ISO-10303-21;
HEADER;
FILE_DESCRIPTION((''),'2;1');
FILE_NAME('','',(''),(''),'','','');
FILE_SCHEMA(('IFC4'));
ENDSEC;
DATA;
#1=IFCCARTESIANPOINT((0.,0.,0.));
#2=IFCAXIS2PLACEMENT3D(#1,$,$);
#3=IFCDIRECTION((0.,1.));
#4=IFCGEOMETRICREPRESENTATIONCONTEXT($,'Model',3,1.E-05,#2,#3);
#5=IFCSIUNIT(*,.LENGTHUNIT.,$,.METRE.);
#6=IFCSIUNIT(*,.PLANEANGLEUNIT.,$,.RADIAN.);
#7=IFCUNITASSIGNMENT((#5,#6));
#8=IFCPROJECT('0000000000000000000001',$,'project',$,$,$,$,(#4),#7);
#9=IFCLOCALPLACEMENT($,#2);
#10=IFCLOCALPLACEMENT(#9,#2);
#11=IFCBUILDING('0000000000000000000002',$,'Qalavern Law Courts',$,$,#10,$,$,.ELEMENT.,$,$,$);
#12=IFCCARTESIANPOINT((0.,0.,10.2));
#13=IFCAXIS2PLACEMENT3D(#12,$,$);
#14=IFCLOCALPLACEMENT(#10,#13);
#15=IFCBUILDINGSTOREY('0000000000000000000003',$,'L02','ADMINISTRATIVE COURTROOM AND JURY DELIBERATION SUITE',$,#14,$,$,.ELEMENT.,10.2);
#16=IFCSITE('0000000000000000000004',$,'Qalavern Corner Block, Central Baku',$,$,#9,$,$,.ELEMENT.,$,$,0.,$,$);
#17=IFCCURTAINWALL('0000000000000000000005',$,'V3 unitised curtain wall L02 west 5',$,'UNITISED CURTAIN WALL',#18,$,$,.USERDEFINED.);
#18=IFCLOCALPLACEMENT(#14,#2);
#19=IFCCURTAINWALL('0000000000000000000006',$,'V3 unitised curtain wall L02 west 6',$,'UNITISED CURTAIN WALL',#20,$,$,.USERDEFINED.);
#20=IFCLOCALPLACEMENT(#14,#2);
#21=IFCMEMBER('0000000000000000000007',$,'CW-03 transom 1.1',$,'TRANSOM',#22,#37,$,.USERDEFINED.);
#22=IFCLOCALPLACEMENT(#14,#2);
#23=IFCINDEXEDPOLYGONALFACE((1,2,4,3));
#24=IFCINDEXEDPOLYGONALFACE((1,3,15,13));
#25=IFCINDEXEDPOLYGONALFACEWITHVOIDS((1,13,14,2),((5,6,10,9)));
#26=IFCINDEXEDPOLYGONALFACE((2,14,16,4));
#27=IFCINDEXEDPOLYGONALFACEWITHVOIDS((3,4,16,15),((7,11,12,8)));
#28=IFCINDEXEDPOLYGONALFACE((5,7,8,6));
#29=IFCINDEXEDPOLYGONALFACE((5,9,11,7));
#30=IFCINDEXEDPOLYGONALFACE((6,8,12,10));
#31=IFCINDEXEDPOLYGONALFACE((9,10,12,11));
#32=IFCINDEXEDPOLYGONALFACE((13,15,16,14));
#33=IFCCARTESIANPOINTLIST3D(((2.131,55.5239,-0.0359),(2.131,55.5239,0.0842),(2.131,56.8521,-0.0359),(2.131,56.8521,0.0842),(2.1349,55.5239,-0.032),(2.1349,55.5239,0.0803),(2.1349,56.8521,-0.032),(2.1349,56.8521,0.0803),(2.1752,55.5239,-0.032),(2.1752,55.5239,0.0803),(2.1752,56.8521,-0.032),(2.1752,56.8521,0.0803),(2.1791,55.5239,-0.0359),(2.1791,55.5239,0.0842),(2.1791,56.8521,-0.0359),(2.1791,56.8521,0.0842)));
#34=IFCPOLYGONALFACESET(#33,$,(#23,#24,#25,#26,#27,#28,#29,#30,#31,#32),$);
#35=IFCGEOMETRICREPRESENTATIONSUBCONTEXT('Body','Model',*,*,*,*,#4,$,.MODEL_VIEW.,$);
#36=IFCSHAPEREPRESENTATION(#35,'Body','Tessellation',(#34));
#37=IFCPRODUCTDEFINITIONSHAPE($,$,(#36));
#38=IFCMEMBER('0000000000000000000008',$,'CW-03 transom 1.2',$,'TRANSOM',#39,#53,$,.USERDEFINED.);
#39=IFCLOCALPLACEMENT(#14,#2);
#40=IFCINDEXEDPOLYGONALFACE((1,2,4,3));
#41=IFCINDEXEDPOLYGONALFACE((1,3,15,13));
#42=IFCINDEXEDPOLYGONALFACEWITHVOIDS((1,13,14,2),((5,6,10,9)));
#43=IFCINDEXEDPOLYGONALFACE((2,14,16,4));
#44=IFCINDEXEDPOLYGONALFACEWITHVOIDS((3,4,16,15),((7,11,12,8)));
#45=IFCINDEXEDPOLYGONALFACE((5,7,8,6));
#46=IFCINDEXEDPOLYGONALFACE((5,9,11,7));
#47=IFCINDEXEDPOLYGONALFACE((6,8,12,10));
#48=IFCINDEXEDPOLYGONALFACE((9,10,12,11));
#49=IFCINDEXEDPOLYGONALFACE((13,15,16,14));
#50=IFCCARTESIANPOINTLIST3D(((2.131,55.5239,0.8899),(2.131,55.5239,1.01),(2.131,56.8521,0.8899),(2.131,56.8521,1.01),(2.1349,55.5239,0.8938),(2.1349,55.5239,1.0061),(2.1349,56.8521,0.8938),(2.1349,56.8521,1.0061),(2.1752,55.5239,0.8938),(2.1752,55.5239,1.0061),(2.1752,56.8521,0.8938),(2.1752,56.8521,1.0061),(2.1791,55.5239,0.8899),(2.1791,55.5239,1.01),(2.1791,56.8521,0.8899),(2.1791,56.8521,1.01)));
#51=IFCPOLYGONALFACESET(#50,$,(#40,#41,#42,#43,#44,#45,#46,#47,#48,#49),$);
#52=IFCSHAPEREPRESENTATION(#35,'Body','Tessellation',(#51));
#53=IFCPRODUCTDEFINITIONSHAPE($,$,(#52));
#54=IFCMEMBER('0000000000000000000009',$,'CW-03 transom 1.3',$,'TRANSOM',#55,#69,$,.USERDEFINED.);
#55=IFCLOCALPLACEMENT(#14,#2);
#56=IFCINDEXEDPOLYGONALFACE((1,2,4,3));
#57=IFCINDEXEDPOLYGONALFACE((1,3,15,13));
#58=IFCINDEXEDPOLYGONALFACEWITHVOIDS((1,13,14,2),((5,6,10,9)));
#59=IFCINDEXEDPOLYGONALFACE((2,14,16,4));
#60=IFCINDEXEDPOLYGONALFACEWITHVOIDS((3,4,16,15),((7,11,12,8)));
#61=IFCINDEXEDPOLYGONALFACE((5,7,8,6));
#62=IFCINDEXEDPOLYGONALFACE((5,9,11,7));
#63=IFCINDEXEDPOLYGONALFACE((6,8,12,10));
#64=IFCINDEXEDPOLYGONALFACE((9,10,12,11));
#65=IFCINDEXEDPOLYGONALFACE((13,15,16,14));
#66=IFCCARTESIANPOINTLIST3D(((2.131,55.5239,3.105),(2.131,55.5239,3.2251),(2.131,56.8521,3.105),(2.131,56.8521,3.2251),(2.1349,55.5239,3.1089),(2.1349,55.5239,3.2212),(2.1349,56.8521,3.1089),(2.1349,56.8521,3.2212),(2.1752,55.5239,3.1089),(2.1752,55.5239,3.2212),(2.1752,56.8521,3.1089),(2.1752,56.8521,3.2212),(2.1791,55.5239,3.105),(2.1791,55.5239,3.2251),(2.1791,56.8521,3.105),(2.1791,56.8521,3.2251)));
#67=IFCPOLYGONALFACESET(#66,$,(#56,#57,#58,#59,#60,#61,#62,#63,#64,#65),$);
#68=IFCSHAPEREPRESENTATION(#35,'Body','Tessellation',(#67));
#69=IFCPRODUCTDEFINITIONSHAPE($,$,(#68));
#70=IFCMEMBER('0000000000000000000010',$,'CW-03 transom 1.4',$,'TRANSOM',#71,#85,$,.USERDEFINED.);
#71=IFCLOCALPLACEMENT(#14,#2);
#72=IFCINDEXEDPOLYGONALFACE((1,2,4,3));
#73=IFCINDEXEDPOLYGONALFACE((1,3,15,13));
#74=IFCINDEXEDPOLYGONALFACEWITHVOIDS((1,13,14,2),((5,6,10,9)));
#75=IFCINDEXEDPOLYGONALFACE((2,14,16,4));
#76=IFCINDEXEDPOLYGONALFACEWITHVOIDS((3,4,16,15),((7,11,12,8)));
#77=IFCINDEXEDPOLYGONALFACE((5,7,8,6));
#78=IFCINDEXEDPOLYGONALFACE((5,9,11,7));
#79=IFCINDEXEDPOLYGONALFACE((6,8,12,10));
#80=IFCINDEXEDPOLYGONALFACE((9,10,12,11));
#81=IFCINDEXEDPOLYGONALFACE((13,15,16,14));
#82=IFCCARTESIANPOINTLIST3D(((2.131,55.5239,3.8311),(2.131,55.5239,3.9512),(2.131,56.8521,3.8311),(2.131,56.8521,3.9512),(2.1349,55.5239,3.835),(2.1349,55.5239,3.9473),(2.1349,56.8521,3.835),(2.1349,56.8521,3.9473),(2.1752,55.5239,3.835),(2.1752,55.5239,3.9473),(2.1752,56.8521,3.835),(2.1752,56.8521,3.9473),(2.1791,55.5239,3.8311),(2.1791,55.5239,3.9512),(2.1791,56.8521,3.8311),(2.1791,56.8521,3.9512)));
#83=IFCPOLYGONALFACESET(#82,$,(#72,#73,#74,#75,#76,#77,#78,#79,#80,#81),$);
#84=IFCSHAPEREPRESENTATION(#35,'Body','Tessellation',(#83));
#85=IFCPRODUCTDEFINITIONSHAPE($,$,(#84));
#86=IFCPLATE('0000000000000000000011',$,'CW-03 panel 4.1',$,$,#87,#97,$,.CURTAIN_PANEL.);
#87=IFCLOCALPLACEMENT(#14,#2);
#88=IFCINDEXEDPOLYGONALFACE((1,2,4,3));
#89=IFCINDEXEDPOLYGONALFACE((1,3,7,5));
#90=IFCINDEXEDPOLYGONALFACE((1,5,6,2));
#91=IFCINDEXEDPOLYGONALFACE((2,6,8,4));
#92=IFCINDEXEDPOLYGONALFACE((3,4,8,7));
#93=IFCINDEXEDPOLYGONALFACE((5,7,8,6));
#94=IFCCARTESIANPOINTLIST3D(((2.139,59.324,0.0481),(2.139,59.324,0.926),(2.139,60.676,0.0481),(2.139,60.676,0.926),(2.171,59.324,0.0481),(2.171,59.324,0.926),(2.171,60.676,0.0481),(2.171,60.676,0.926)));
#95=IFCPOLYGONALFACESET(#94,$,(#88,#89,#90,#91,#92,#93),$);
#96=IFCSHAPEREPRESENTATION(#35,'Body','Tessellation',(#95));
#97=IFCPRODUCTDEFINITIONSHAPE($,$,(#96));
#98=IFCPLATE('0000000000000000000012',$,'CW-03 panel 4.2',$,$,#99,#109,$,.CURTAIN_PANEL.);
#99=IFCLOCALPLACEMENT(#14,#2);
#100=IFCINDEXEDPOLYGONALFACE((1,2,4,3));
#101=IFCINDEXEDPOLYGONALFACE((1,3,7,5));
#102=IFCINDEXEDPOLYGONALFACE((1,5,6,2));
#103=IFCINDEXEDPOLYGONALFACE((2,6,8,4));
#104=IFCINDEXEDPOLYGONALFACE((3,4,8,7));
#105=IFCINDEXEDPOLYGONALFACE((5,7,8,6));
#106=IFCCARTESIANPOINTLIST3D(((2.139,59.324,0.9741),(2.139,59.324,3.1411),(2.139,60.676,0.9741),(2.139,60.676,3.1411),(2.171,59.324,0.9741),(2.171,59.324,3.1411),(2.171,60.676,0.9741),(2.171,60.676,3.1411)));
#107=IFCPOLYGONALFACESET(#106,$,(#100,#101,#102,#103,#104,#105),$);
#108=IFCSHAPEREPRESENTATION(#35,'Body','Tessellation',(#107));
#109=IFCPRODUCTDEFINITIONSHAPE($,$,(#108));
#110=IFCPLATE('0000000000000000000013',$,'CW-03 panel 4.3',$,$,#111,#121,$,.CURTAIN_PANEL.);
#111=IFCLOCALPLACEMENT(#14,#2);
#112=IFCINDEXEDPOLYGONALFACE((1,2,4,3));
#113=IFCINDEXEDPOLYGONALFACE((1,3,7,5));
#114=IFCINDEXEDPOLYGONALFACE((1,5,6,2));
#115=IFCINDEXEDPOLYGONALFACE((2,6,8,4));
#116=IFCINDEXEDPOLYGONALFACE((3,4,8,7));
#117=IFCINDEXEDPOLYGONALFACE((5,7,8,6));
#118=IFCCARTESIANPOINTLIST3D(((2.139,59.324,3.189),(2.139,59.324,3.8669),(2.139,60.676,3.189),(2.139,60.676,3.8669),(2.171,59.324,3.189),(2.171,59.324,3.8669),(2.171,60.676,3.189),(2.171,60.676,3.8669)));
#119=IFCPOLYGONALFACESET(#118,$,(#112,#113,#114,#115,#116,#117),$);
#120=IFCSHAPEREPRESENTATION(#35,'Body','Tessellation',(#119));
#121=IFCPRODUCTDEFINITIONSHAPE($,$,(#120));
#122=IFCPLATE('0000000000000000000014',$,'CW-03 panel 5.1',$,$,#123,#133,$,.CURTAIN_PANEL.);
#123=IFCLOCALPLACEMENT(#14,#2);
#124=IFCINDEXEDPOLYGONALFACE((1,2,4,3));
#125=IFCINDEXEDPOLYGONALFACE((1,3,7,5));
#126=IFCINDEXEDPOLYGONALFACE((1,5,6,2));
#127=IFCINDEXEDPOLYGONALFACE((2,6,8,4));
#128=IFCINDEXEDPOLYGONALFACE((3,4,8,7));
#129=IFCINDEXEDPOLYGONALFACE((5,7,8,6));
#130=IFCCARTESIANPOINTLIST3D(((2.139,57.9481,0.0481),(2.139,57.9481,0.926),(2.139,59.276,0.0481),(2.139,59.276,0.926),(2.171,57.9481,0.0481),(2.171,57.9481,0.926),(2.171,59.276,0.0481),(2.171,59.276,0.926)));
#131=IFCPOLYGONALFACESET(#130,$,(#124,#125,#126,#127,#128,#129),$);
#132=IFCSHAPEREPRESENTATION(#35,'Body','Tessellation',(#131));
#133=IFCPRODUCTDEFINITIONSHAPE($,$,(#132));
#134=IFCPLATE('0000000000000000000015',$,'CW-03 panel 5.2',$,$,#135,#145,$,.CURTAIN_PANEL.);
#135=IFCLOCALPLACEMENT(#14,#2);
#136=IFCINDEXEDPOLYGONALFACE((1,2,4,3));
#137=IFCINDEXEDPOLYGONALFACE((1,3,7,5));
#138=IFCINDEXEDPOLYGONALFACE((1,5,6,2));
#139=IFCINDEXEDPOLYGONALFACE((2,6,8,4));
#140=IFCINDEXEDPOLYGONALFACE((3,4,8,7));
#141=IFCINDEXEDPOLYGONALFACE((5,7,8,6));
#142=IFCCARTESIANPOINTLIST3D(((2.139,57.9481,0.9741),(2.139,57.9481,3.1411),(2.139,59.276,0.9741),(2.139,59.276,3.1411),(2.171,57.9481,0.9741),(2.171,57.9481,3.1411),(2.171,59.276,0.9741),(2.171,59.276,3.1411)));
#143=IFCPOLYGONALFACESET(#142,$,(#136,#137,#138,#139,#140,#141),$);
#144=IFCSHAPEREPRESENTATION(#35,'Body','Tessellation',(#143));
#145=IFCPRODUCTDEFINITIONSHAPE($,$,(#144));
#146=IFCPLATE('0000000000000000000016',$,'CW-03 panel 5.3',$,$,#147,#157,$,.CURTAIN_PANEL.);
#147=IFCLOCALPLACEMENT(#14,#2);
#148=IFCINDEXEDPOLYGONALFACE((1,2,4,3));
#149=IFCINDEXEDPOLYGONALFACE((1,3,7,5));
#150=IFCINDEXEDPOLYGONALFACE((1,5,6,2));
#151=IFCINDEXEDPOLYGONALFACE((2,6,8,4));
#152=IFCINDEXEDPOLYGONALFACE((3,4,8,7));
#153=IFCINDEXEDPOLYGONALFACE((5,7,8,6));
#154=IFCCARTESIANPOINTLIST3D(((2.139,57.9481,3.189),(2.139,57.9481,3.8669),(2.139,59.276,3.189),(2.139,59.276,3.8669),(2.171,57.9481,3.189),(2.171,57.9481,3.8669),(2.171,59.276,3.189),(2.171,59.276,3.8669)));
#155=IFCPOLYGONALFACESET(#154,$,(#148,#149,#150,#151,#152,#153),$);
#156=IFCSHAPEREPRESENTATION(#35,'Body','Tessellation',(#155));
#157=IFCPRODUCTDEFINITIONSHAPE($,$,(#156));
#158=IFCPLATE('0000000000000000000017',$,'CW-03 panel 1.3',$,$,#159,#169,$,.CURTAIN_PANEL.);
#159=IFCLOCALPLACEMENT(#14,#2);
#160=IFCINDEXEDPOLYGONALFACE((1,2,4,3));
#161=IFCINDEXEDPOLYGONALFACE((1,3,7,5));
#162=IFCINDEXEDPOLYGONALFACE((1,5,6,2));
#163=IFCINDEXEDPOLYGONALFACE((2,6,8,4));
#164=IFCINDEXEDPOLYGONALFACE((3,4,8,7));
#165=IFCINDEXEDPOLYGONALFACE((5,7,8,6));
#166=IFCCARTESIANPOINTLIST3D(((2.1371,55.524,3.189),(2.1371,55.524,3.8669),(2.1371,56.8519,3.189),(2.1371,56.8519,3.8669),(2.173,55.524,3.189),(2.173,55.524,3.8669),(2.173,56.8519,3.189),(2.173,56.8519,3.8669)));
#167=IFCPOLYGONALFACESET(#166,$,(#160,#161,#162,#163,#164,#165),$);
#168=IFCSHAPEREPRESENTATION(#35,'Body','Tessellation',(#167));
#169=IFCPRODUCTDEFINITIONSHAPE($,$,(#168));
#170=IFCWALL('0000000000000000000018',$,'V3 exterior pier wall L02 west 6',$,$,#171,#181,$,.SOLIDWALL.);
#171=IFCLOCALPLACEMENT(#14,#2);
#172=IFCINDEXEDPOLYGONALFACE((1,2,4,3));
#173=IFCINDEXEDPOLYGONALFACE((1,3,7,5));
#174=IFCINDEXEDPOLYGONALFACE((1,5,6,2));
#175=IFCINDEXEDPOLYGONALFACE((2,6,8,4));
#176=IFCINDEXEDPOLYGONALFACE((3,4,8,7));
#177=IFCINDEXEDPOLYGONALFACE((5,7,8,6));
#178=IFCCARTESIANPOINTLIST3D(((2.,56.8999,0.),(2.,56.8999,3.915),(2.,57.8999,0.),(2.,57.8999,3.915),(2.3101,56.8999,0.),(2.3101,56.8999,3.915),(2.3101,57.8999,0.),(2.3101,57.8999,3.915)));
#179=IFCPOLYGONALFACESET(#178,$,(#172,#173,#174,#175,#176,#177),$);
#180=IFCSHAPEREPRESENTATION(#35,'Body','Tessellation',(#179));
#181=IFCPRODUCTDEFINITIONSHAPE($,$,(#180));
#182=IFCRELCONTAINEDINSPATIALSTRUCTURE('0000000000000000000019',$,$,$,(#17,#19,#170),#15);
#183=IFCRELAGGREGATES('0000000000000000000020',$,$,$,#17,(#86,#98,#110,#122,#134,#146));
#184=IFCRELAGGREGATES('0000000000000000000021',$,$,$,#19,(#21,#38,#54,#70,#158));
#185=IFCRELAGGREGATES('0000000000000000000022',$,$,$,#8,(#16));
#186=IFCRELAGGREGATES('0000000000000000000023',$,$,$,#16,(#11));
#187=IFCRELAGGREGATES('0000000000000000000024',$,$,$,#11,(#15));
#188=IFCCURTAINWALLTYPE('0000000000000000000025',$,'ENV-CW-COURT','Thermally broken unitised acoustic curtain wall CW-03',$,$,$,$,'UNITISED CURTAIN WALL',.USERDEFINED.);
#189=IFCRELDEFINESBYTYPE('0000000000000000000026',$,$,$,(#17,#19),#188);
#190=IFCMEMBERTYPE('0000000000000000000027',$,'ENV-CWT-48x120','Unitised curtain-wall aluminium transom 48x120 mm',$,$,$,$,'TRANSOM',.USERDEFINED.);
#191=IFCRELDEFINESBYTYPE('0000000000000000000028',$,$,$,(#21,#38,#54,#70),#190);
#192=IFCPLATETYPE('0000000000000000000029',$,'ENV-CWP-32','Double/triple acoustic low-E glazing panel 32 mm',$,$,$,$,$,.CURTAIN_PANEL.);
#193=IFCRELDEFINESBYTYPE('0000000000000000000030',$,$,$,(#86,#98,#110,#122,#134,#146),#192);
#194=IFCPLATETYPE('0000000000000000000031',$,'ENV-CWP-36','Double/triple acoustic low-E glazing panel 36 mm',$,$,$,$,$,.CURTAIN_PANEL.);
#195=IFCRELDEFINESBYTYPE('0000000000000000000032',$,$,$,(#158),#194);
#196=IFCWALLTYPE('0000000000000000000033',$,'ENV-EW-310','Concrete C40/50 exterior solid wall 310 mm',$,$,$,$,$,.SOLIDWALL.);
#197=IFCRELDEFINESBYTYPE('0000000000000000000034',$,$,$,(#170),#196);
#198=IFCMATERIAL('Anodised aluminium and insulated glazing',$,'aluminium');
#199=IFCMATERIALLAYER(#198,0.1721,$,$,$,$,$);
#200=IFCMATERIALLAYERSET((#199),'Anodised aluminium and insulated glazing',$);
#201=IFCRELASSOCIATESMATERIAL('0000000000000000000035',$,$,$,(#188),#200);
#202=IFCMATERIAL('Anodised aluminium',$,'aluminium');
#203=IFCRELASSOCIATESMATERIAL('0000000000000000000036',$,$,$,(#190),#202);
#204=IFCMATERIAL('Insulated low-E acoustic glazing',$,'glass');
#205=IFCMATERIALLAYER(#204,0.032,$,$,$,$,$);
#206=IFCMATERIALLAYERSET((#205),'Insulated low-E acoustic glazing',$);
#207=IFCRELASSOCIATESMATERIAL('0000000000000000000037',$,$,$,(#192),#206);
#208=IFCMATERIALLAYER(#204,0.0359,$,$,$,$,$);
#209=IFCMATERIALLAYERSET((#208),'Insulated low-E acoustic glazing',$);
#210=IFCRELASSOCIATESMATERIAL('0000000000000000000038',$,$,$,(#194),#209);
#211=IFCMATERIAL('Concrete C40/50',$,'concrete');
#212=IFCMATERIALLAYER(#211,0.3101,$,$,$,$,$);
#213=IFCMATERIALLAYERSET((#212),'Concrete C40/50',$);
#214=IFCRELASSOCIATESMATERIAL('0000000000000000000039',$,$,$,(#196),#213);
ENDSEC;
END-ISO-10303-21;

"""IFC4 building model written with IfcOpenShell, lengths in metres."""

from ifc_helpers import new_model, si_unit, direction, frame, frame_2d, origin, origin_2d, place, context, subcontext, project, spatial, rectangle, hollow_rectangle, extrude, material, layer, layer_set, material_profile, profile_set, type_object, element, aggregate, save


model = new_model("IFC4")

# Units and contexts
model_context = context("Model", 3, precision=1e-05, world=origin(), true_north=direction((0.0, 1.0)))
body_context = subcontext(model_context, "Body", "Model", "MODEL_VIEW")
ifc_project = project(units=[si_unit("LENGTHUNIT", "METRE"), si_unit("PLANEANGLEUNIT", "RADIAN")], contexts=[model_context])

# Site, building, storey
site_placement = place(None, origin())
site = spatial("IfcSite", under=ifc_project, at=site_placement, Name="Qalavern Corner Block, Central Baku", CompositionType="ELEMENT", RefElevation=0.0)
building_placement = place(site_placement, origin())
building = spatial("IfcBuilding", under=site, at=building_placement, Name="Qalavern Law Courts", CompositionType="ELEMENT")
storey_placement = place(building_placement, frame((0.0, 0.0, 10.2)))
storey = spatial("IfcBuildingStorey", under=building, at=storey_placement, Name="L02", Description="ADMINISTRATIVE COURTROOM AND JURY DELIBERATION SUITE", CompositionType="ELEMENT", Elevation=10.2)

# Curtain wall
ifc_material_1 = material(Name="Anodised aluminium and insulated glazing", Category="aluminium")
ifc_layer_1 = layer(ifc_material_1, 0.1721)
ifc_layer_set_1 = layer_set([ifc_layer_1], Name="Anodised aluminium and insulated glazing")
curtain_wall_type = type_object("IfcCurtainWallType", Name="ENV-CW-COURT", Description="Thermally broken unitised acoustic curtain wall CW-03", ElementType="UNITISED CURTAIN WALL", PredefinedType="USERDEFINED", material=ifc_layer_set_1)
curtain_wall_1_placement = place(storey_placement, origin())
curtain_wall_1 = element("IfcCurtainWall", 1, at=curtain_wall_1_placement, inside=storey, type_object=curtain_wall_type, Name="V3 unitised curtain wall L02 west 5", ObjectType="UNITISED CURTAIN WALL", PredefinedType="USERDEFINED")
ifc_material_2 = material(Name="Anodised aluminium", Category="aluminium")

# Curtain wall
curtain_wall_2_placement = place(storey_placement, origin())
curtain_wall_2 = element("IfcCurtainWall", 2, at=curtain_wall_2_placement, inside=storey, type_object=curtain_wall_type, Name="V3 unitised curtain wall L02 west 6", ObjectType="UNITISED CURTAIN WALL", PredefinedType="USERDEFINED")

# Members
ifc_material_profile_1 = material_profile(ifc_material_2, hollow_rectangle(XDim=0.0481, YDim=0.1201, WallThickness=0.0039, at=origin_2d()), Name="ALU TRANSOM 48x120")
ifc_profile_set_1 = profile_set([ifc_material_profile_1], Name="Anodised aluminium")
member_type_1 = type_object("IfcMemberType", Name="ENV-CWT-48x120", Description="Unitised curtain-wall aluminium transom 48x120 mm", ElementType="TRANSOM", PredefinedType="USERDEFINED", material=ifc_profile_set_1)
member_1_placement = place(storey_placement, frame((2.155, 56.8521, 0.0242), z_axis=(0.0, -1.0, 0.0), x_axis=(1.0, 0.0, 0.0)))
member_1 = element("IfcMember", 3, at=member_1_placement, type_object=member_type_1, Name="CW-03 transom 1.1", ObjectType="TRANSOM", PredefinedType="USERDEFINED", context=body_context, shape_type="SweptSolid", body=[
    extrude(hollow_rectangle(XDim=0.0481, YDim=0.1201, WallThickness=0.0039, at=origin_2d()), origin(), (0.0, 0.0, 1.0), 1.3281),
])
member_2_placement = place(storey_placement, frame((2.155, 56.8521, 0.95), z_axis=(0.0, -1.0, 0.0), x_axis=(1.0, 0.0, 0.0)))
member_2 = element("IfcMember", 4, at=member_2_placement, type_object=member_type_1, Name="CW-03 transom 1.2", ObjectType="TRANSOM", PredefinedType="USERDEFINED", context=body_context, shape_type="SweptSolid", body=[
    extrude(hollow_rectangle(XDim=0.0481, YDim=0.1201, WallThickness=0.0039, at=origin_2d()), origin(), (0.0, 0.0, 1.0), 1.3281),
])
member_3_placement = place(storey_placement, frame((2.155, 56.8521, 3.165), z_axis=(0.0, -1.0, 0.0), x_axis=(1.0, 0.0, 0.0)))
member_3 = element("IfcMember", 5, at=member_3_placement, type_object=member_type_1, Name="CW-03 transom 1.3", ObjectType="TRANSOM", PredefinedType="USERDEFINED", context=body_context, shape_type="SweptSolid", body=[
    extrude(hollow_rectangle(XDim=0.0481, YDim=0.1201, WallThickness=0.0039, at=origin_2d()), origin(), (0.0, 0.0, 1.0), 1.3281),
])
member_4_placement = place(storey_placement, frame((2.155, 56.8521, 3.8911), z_axis=(0.0, -1.0, 0.0), x_axis=(1.0, 0.0, 0.0)))
member_4 = element("IfcMember", 6, at=member_4_placement, type_object=member_type_1, Name="CW-03 transom 1.4", ObjectType="TRANSOM", PredefinedType="USERDEFINED", context=body_context, shape_type="SweptSolid", body=[
    extrude(hollow_rectangle(XDim=0.0481, YDim=0.1201, WallThickness=0.0039, at=origin_2d()), origin(), (0.0, 0.0, 1.0), 1.3281),
])

# Plates
ifc_material_3 = material(Name="Insulated low-E acoustic glazing", Category="glass")
ifc_layer_2 = layer(ifc_material_3, 0.032)
ifc_layer_set_2 = layer_set([ifc_layer_2], Name="Insulated low-E acoustic glazing")
plate_type_1 = type_object("IfcPlateType", Name="ENV-CWP-32", Description="Double/triple acoustic low-E glazing panel 32 mm", PredefinedType="CURTAIN_PANEL", material=ifc_layer_set_2)
plate_1_placement = place(storey_placement, frame((2.155, 60.0, 0.0481), z_axis=(0.0, 0.0, 1.0), x_axis=(0.0, -1.0, 0.0)))
plate_1 = element("IfcPlate", 7, at=plate_1_placement, type_object=plate_type_1, Name="CW-03 panel 4.1", PredefinedType="CURTAIN_PANEL", context=body_context, shape_type="SweptSolid", body=[
    extrude(rectangle(XDim=1.3521, YDim=0.032, at=origin_2d()), origin(), (0.0, 0.0, 1.0), 0.8779),
])
plate_2_placement = place(storey_placement, frame((2.155, 60.0, 0.9741), z_axis=(0.0, 0.0, 1.0), x_axis=(0.0, -1.0, 0.0)))
plate_2 = element("IfcPlate", 8, at=plate_2_placement, type_object=plate_type_1, Name="CW-03 panel 4.2", PredefinedType="CURTAIN_PANEL", context=body_context, shape_type="SweptSolid", body=[
    extrude(rectangle(XDim=1.3521, YDim=0.032, at=origin_2d()), origin(), (0.0, 0.0, 1.0), 2.167),
])
plate_3_placement = place(storey_placement, frame((2.155, 60.0, 3.189), z_axis=(0.0, 0.0, 1.0), x_axis=(0.0, -1.0, 0.0)))
plate_3 = element("IfcPlate", 9, at=plate_3_placement, type_object=plate_type_1, Name="CW-03 panel 4.3", PredefinedType="CURTAIN_PANEL", context=body_context, shape_type="SweptSolid", body=[
    extrude(rectangle(XDim=1.3521, YDim=0.032, at=origin_2d()), origin(), (0.0, 0.0, 1.0), 0.678),
])
plate_4_placement = place(storey_placement, frame((2.155, 58.6121, 0.0481), z_axis=(0.0, 0.0, 1.0), x_axis=(0.0, -1.0, 0.0)))
plate_4 = element("IfcPlate", 10, at=plate_4_placement, type_object=plate_type_1, Name="CW-03 panel 5.1", PredefinedType="CURTAIN_PANEL", context=body_context, shape_type="SweptSolid", body=[
    extrude(rectangle(XDim=1.3279, YDim=0.032, at=origin_2d()), origin(), (0.0, 0.0, 1.0), 0.8779),
])
plate_5_placement = place(storey_placement, frame((2.155, 58.6121, 0.9741), z_axis=(0.0, 0.0, 1.0), x_axis=(0.0, -1.0, 0.0)))
plate_5 = element("IfcPlate", 11, at=plate_5_placement, type_object=plate_type_1, Name="CW-03 panel 5.2", PredefinedType="CURTAIN_PANEL", context=body_context, shape_type="SweptSolid", body=[
    extrude(rectangle(XDim=1.3279, YDim=0.032, at=origin_2d()), origin(), (0.0, 0.0, 1.0), 2.167),
])
plate_6_placement = place(storey_placement, frame((2.155, 58.6121, 3.189), z_axis=(0.0, 0.0, 1.0), x_axis=(0.0, -1.0, 0.0)))
plate_6 = element("IfcPlate", 12, at=plate_6_placement, type_object=plate_type_1, Name="CW-03 panel 5.3", PredefinedType="CURTAIN_PANEL", context=body_context, shape_type="SweptSolid", body=[
    extrude(rectangle(XDim=1.3279, YDim=0.032, at=origin_2d()), origin(), (0.0, 0.0, 1.0), 0.678),
])
aggregate(curtain_wall_1, [plate_1, plate_2, plate_3, plate_4, plate_5, plate_6])
ifc_layer_3 = layer(ifc_material_3, 0.0359)
ifc_layer_set_3 = layer_set([ifc_layer_3], Name="Insulated low-E acoustic glazing")
plate_type_2 = type_object("IfcPlateType", Name="ENV-CWP-36", Description="Double/triple acoustic low-E glazing panel 36 mm", PredefinedType="CURTAIN_PANEL", material=ifc_layer_set_3)
plate_7_placement = place(storey_placement, frame((2.155, 56.188, 3.189), z_axis=(0.0, 0.0, 1.0), x_axis=(0.0, -1.0, 0.0)))
plate_7 = element("IfcPlate", 13, at=plate_7_placement, type_object=plate_type_2, Name="CW-03 panel 1.3", PredefinedType="CURTAIN_PANEL", context=body_context, shape_type="SweptSolid", body=[
    extrude(rectangle(XDim=1.3279, YDim=0.0359, at=origin_2d()), origin(), (0.0, 0.0, 1.0), 0.678),
])
aggregate(curtain_wall_2, [member_1, member_2, member_3, member_4, plate_7])

# Wall
ifc_material_4 = material(Name="Concrete C40/50", Category="concrete")
ifc_layer_4 = layer(ifc_material_4, 0.3101)
ifc_layer_set_4 = layer_set([ifc_layer_4], Name="Concrete C40/50")
wall_type = type_object("IfcWallType", Name="ENV-EW-310", Description="Concrete C40/50 exterior solid wall 310 mm", PredefinedType="SOLIDWALL", material=ifc_layer_set_4)
wall_placement = place(storey_placement, frame((2.155, 57.8999, 0.0), z_axis=(0.0, 0.0, 1.0), x_axis=(0.0, -1.0, 0.0)))
element("IfcWall", 14, at=wall_placement, inside=storey, type_object=wall_type, Name="V3 exterior pier wall L02 west 6", PredefinedType="SOLIDWALL", context=body_context, shape_type="SweptSolid", body=[
    extrude(rectangle(XDim=1.0, YDim=0.3101, at=frame_2d((0.5, 0.0))), origin(), (0.0, 0.0, 1.0), 3.915),
])

save(model, "model.ifc")
